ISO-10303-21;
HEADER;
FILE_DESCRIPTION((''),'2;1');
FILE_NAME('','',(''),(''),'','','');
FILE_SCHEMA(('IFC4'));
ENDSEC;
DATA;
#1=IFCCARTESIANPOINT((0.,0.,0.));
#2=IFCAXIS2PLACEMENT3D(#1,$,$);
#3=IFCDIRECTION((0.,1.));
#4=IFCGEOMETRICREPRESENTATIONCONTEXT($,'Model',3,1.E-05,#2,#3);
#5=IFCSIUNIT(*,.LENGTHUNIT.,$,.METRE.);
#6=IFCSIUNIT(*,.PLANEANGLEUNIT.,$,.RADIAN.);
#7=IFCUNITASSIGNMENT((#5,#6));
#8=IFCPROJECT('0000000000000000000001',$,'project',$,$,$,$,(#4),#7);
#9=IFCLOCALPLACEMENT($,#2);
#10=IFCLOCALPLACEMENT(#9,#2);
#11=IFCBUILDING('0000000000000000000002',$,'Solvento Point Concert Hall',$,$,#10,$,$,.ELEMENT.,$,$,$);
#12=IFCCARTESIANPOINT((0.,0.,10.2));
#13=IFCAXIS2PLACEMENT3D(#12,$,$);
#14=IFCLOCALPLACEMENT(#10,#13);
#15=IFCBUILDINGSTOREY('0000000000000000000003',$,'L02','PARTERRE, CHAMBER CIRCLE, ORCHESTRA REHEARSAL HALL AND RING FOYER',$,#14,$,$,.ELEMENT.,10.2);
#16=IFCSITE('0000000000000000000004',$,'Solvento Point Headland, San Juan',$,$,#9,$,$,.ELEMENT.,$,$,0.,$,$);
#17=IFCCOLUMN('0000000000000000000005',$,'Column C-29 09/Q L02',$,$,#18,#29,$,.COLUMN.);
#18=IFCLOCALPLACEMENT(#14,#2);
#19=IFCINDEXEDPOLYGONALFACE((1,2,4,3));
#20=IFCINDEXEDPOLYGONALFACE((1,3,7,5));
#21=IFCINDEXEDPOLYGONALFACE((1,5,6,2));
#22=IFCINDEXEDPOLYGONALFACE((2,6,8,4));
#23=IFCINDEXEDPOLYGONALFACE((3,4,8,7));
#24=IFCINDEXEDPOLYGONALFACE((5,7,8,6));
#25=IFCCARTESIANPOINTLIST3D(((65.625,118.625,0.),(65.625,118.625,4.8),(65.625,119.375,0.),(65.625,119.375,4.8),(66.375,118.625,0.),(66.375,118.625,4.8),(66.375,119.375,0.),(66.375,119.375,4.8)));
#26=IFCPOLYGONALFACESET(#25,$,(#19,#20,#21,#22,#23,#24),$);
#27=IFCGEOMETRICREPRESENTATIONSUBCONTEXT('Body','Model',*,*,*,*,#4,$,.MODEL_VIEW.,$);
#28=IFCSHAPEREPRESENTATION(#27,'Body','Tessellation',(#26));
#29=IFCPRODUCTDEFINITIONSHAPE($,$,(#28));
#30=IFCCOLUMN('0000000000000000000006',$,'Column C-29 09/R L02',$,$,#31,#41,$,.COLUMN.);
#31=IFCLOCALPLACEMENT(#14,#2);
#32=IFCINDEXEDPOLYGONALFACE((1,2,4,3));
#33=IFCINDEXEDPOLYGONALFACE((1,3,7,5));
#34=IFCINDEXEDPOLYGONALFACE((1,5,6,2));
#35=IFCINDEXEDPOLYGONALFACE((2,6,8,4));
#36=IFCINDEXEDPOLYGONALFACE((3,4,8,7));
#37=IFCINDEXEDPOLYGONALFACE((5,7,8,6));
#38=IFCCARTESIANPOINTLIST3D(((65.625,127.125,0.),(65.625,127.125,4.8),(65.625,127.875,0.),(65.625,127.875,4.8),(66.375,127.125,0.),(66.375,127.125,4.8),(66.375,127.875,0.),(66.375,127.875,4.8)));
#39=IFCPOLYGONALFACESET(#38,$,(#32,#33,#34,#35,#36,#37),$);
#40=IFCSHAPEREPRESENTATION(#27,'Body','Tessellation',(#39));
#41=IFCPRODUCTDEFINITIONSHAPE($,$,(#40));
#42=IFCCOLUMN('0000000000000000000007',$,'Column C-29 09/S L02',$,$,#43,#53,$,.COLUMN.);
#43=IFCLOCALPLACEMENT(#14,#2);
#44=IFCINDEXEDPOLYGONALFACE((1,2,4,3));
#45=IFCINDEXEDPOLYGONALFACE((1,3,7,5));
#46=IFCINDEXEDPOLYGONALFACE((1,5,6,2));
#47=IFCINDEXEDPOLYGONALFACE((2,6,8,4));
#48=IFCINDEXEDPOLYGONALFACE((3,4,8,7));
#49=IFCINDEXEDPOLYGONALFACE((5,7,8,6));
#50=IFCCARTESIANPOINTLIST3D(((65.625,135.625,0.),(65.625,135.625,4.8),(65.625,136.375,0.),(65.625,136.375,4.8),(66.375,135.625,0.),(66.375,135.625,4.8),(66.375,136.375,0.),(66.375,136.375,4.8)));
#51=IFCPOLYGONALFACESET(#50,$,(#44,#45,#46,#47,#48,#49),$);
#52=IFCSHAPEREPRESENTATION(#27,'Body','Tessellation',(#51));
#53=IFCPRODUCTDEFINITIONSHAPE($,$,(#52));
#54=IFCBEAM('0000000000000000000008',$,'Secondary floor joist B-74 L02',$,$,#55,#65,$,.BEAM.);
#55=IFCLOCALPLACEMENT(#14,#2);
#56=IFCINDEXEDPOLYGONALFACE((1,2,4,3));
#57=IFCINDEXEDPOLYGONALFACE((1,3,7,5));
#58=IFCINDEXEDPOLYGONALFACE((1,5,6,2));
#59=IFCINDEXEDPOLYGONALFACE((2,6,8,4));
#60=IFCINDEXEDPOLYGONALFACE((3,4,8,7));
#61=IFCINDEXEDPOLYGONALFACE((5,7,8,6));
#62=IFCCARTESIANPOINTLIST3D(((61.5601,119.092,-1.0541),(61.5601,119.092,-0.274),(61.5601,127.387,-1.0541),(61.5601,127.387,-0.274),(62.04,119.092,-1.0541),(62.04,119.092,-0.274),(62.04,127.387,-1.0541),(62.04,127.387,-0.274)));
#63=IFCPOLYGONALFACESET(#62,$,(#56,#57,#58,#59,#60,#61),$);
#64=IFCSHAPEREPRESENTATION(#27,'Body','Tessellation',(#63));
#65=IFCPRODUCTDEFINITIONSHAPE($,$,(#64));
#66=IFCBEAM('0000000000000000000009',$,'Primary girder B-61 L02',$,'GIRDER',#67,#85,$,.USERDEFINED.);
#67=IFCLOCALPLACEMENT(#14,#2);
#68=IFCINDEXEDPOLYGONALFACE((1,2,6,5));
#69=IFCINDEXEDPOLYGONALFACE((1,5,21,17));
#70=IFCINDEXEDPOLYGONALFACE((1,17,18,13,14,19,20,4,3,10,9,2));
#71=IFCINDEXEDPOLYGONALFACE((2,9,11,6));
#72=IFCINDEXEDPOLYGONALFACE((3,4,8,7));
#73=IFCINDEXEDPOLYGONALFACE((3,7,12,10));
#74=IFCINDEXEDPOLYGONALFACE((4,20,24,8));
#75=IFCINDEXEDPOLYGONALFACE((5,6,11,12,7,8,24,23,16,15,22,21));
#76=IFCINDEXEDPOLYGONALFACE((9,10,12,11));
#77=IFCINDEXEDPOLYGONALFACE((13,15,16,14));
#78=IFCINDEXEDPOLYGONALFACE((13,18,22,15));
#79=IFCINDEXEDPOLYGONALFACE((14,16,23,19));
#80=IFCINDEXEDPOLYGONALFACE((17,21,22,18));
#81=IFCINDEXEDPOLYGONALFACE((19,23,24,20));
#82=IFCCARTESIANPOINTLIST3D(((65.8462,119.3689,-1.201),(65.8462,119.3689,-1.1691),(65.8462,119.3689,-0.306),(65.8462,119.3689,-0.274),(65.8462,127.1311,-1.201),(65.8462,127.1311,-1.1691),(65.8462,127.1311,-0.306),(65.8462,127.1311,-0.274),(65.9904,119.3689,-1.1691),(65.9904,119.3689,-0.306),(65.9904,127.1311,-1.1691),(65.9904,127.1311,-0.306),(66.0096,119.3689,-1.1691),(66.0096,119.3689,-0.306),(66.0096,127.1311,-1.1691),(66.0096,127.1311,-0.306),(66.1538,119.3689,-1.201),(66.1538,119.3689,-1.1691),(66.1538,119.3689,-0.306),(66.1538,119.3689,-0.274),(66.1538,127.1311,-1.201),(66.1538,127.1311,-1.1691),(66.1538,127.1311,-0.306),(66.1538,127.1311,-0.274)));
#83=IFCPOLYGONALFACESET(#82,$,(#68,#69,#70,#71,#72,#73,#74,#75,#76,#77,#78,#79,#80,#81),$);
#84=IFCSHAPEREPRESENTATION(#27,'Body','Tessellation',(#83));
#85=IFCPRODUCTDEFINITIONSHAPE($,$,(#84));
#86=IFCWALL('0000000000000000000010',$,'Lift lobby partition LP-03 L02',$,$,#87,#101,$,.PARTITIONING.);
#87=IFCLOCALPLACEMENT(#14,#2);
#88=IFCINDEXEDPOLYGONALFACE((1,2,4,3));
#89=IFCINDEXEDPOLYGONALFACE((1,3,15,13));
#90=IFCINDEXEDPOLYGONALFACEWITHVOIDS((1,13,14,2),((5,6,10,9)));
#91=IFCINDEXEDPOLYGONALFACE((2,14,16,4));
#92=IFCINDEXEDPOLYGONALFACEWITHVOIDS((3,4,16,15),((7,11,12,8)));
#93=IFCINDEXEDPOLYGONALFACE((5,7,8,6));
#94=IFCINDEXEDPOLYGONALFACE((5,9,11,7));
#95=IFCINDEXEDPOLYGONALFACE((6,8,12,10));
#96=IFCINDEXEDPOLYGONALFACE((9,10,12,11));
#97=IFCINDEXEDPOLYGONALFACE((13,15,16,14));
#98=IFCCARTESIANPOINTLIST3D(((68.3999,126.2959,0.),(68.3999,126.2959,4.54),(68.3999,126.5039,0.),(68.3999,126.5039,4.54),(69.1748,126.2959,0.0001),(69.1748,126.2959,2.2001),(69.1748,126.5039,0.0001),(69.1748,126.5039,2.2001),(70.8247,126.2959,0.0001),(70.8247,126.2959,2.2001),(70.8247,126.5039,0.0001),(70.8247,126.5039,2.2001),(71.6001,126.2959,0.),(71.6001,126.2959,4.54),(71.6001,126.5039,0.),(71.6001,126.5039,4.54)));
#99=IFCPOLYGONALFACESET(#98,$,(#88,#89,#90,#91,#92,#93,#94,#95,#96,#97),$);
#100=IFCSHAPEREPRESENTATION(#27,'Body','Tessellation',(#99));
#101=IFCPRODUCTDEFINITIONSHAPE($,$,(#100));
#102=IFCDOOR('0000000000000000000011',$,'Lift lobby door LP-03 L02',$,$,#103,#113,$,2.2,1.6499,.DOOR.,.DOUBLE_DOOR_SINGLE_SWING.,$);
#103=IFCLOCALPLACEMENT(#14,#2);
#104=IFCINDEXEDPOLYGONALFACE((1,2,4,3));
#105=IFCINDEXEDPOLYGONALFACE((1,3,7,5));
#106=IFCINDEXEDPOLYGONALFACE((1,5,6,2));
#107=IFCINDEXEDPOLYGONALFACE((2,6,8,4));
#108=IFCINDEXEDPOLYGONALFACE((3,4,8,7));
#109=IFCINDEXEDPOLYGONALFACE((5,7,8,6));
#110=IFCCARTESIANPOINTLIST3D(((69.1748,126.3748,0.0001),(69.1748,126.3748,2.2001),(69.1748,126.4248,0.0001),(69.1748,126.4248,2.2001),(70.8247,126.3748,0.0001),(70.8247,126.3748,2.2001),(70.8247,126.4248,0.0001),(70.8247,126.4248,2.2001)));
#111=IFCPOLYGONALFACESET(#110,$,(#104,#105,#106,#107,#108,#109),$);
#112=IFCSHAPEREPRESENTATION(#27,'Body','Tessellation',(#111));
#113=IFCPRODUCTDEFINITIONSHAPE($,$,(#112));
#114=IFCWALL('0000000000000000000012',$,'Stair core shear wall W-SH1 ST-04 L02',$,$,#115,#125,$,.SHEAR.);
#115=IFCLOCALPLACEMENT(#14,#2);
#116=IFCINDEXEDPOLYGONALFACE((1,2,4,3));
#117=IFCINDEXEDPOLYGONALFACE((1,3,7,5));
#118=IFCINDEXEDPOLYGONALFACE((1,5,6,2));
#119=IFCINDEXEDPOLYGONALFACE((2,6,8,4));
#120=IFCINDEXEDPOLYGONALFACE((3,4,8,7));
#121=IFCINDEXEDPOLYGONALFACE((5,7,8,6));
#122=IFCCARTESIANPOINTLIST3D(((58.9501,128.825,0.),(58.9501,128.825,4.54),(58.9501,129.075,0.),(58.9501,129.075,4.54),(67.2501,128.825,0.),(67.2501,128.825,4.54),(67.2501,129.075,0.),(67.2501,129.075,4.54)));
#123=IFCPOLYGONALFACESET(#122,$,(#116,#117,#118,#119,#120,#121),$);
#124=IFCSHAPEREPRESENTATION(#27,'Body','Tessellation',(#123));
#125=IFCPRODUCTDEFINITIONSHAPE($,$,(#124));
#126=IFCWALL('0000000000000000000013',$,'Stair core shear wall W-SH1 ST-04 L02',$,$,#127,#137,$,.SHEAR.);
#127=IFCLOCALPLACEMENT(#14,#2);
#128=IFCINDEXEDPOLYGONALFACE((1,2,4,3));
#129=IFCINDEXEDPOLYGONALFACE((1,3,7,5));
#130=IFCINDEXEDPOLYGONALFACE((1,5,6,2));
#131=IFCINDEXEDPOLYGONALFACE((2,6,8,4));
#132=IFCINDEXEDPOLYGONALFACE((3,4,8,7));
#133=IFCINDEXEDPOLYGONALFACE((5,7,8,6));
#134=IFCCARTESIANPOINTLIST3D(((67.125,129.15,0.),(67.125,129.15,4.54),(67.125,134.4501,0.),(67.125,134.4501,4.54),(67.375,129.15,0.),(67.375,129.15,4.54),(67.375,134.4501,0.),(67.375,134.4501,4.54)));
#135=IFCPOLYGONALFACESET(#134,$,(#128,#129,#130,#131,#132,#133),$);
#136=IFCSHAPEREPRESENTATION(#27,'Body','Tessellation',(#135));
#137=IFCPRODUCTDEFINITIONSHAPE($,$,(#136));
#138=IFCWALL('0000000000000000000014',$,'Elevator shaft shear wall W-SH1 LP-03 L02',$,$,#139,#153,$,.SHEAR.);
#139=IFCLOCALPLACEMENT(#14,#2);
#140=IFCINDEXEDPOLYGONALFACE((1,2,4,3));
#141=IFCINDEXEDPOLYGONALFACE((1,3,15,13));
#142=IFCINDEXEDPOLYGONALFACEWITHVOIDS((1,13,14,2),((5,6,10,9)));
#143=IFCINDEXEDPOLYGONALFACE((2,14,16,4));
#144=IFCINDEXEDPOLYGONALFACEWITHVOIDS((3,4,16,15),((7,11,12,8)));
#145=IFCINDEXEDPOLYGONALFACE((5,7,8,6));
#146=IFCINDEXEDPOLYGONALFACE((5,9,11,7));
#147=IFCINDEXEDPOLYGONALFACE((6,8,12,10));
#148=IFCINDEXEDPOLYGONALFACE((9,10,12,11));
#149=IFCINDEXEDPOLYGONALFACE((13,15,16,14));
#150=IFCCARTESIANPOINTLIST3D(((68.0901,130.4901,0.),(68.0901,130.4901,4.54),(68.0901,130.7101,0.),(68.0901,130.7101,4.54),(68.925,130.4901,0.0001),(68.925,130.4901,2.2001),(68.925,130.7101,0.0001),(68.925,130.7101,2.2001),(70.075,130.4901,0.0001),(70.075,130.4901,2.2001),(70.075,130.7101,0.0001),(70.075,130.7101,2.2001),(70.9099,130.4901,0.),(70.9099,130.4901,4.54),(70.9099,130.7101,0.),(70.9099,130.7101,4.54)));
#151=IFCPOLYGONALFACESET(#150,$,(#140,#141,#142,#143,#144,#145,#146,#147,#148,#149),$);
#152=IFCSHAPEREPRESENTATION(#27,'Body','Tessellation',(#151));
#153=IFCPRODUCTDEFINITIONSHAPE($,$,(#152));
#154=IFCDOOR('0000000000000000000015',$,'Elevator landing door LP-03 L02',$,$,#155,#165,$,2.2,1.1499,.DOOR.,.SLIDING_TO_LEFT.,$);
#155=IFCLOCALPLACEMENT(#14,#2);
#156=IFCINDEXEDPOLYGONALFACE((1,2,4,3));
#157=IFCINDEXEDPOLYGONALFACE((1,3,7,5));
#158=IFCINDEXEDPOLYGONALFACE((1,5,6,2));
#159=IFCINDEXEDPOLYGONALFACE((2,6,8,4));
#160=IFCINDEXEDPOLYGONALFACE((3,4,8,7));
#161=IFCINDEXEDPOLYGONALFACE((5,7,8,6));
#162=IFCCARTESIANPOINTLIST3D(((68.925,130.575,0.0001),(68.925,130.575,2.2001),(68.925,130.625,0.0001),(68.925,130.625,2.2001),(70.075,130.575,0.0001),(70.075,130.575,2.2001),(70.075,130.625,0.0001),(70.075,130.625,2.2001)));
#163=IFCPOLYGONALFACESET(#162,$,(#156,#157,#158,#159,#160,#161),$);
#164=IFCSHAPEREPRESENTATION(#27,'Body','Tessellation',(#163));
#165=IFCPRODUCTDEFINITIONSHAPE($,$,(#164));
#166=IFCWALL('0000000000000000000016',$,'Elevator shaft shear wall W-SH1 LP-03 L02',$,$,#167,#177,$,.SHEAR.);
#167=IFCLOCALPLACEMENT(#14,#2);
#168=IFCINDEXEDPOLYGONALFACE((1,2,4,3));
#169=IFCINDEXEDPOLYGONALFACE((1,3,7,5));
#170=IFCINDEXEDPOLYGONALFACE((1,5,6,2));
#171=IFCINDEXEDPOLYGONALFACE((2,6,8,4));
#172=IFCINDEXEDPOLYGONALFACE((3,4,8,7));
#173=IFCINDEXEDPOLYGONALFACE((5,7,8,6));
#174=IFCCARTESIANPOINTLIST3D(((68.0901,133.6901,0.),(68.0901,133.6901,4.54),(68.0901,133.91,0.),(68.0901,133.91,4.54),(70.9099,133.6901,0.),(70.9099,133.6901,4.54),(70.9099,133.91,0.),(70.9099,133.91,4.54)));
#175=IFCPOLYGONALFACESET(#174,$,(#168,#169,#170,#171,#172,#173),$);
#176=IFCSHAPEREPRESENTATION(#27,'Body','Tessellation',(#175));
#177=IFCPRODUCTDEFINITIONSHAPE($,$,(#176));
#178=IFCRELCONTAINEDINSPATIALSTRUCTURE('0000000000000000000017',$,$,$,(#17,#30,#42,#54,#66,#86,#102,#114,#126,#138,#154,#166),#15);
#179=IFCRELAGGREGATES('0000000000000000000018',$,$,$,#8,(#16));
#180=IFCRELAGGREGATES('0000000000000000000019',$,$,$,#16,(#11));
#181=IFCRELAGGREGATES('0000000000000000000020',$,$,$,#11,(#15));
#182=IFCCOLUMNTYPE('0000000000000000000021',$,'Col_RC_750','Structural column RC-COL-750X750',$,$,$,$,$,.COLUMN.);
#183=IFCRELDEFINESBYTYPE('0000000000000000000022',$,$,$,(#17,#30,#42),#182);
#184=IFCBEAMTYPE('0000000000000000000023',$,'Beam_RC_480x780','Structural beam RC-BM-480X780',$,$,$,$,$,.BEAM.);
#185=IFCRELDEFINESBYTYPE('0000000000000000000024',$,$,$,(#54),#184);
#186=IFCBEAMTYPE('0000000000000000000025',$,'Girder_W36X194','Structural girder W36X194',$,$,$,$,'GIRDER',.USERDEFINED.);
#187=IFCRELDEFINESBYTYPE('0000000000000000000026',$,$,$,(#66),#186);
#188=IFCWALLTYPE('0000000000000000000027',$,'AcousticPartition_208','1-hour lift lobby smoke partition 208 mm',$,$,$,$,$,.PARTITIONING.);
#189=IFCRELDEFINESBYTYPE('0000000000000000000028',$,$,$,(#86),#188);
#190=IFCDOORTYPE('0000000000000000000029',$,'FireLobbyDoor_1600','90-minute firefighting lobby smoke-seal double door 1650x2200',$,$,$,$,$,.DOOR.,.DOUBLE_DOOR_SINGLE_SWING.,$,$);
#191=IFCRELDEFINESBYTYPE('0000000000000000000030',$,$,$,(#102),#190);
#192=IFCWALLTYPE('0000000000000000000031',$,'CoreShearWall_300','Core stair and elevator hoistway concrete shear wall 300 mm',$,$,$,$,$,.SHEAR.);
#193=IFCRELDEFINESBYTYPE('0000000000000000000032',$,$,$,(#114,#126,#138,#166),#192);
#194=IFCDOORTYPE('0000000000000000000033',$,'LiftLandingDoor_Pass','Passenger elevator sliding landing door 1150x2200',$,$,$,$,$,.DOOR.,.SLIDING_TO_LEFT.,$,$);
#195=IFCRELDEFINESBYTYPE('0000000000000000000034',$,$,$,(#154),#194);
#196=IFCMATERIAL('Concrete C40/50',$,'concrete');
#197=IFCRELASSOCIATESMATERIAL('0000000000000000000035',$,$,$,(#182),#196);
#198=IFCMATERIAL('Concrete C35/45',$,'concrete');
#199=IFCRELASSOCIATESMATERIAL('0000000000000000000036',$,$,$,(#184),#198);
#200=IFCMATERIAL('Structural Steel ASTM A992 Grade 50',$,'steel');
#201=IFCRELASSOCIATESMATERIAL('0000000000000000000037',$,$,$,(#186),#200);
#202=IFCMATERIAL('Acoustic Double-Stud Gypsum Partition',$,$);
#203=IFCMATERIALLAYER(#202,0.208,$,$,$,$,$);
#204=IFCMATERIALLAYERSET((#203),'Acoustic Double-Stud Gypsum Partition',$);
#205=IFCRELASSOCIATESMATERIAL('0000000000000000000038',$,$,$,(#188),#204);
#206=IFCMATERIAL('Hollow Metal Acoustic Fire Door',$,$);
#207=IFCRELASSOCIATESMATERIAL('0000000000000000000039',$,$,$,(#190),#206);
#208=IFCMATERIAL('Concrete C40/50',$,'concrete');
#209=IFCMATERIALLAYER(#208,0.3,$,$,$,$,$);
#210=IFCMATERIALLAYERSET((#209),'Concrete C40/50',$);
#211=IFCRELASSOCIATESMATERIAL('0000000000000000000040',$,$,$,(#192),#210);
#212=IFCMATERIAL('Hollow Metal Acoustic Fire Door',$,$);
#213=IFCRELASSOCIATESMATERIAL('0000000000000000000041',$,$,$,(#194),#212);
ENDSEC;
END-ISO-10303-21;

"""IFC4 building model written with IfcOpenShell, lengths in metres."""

from ifc_helpers import new_model, si_unit, direction, frame, frame_2d, origin, origin_2d, place, context, subcontext, project, spatial, rectangle, i_section, extrude, material, layer, layer_set, material_profile, profile_set, type_object, element, fill, save


model = new_model("IFC4")

# Units and contexts
model_context = context("Model", 3, precision=1e-05, world=origin(), true_north=direction((0.0, 1.0)))
body_context = subcontext(model_context, "Body", "Model", "MODEL_VIEW")
ifc_project = project(units=[si_unit("LENGTHUNIT", "METRE"), si_unit("PLANEANGLEUNIT", "RADIAN")], contexts=[model_context])

# Site, building, storey
site_placement = place(None, origin())
site = spatial("IfcSite", under=ifc_project, at=site_placement, Name="Solvento Point Headland, San Juan", CompositionType="ELEMENT", RefElevation=0.0)
building_placement = place(site_placement, origin())
building = spatial("IfcBuilding", under=site, at=building_placement, Name="Solvento Point Concert Hall", CompositionType="ELEMENT")
storey_placement = place(building_placement, frame((0.0, 0.0, 10.2)))
storey = spatial("IfcBuildingStorey", under=building, at=storey_placement, Name="L02", Description="PARTERRE, CHAMBER CIRCLE, ORCHESTRA REHEARSAL HALL AND RING FOYER", CompositionType="ELEMENT", Elevation=10.2)

# Columns
ifc_material_1 = material(Name="Concrete C40/50", Category="concrete")
ifc_material_profile_1 = material_profile(ifc_material_1, rectangle(XDim=0.75, YDim=0.75, at=origin_2d()), Name="RC-COL-750X750")
ifc_profile_set_1 = profile_set([ifc_material_profile_1], Name="Concrete C40/50")
column_type = type_object("IfcColumnType", Name="Col_RC_750", Description="Structural column RC-COL-750X750", PredefinedType="COLUMN", material=ifc_profile_set_1)
for number, where, z_axis, x_axis, name in (
    (1, (66.0, 119.0, 0.0), (0.0, 0.0, 1.0), (1.0, 0.0, 0.0), "Column C-29 09/Q L02"),
    (2, (66.0, 127.5, 0.0), (0.0, 0.0, 1.0), (1.0, 0.0, 0.0), "Column C-29 09/R L02"),
    (3, (66.0, 136.0, 0.0), (0.0, 0.0, 1.0), (1.0, 0.0, 0.0), "Column C-29 09/S L02"),
):
    element("IfcColumn", number, at=place(storey_placement, frame(where, z_axis=z_axis, x_axis=x_axis)), inside=storey, type_object=column_type, Name=name, PredefinedType="COLUMN", context=body_context, shape_type="SweptSolid", body=[
        extrude(rectangle(XDim=0.75, YDim=0.75, at=origin_2d()), origin(), (0.0, 0.0, 1.0), 4.8),
    ])

# Beams
ifc_material_2 = material(Name="Concrete C35/45", Category="concrete")
ifc_material_profile_2 = material_profile(ifc_material_2, rectangle(XDim=0.48, YDim=0.78, at=origin_2d()), Name="RC-BM-480X780")
ifc_profile_set_2 = profile_set([ifc_material_profile_2], Name="Concrete C35/45")
beam_type_1 = type_object("IfcBeamType", Name="Beam_RC_480x780", Description="Structural beam RC-BM-480X780", PredefinedType="BEAM", material=ifc_profile_set_2)
beam_1_placement = place(storey_placement, frame((61.8, 119.092, -0.6641), z_axis=(0.0, 1.0, 0.0), x_axis=(-1.0, 0.0, 0.0)))
element("IfcBeam", 4, at=beam_1_placement, inside=storey, type_object=beam_type_1, Name="Secondary floor joist B-74 L02", PredefinedType="BEAM", context=body_context, shape_type="SweptSolid", body=[
    extrude(rectangle(XDim=0.48, YDim=0.78, at=origin_2d()), origin(), (0.0, 0.0, 1.0), 8.2949),
])
ifc_material_3 = material(Name="Structural Steel ASTM A992 Grade 50", Category="steel")
ifc_material_profile_3 = material_profile(ifc_material_3, i_section(OverallWidth=0.3076, OverallDepth=0.927, WebThickness=0.0193, FlangeThickness=0.032, at=origin_2d()), Name="W36X194")
ifc_profile_set_3 = profile_set([ifc_material_profile_3], Name="Structural Steel ASTM A992 Grade 50")
beam_type_2 = type_object("IfcBeamType", Name="Girder_W36X194", Description="Structural girder W36X194", ElementType="GIRDER", PredefinedType="USERDEFINED", material=ifc_profile_set_3)
beam_2_placement = place(storey_placement, frame((66.0, 119.3689, -0.7375), z_axis=(0.0, 1.0, 0.0), x_axis=(-1.0, 0.0, 0.0)))
element("IfcBeam", 5, at=beam_2_placement, inside=storey, type_object=beam_type_2, Name="Primary girder B-61 L02", ObjectType="GIRDER", PredefinedType="USERDEFINED", context=body_context, shape_type="SweptSolid", body=[
    extrude(i_section(OverallWidth=0.3076, OverallDepth=0.927, WebThickness=0.0193, FlangeThickness=0.032, at=origin_2d()), origin(), (0.0, 0.0, 1.0), 7.7622),
])

# Wall, opening, door
ifc_material_4 = material(Name="Acoustic Double-Stud Gypsum Partition")
ifc_layer_1 = layer(ifc_material_4, 0.208)
ifc_layer_set_1 = layer_set([ifc_layer_1], Name="Acoustic Double-Stud Gypsum Partition")
wall_type_1 = type_object("IfcWallType", Name="AcousticPartition_208", Description="1-hour lift lobby smoke partition 208 mm", PredefinedType="PARTITIONING", material=ifc_layer_set_1)
wall_1_placement = place(storey_placement, frame((68.3999, 126.3999, 0.0), z_axis=(0.0, 0.0, 1.0), x_axis=(1.0, 0.0, 0.0)))
wall_1 = element("IfcWall", 6, at=wall_1_placement, inside=storey, type_object=wall_type_1, Name="Lift lobby partition LP-03 L02", PredefinedType="PARTITIONING", context=body_context, shape_type="SweptSolid", body=[
    extrude(rectangle(XDim=3.2002, YDim=0.208, at=frame_2d((1.6001, 0.0))), origin(), (0.0, 0.0, 1.0), 4.54),
])
opening_1_placement = place(wall_1_placement, frame((0.7749, 0.0, 0.0)))
opening_1 = element("IfcOpeningElement", 7, at=opening_1_placement, cuts=wall_1, PredefinedType="OPENING", context=body_context, shape_type="SweptSolid", body=[
    extrude(rectangle(XDim=1.6499, YDim=2.2, at=frame_2d((0.825, 1.1001))), frame((0.0, 0.114, 0.0), z_axis=(0.0, -1.0, 0.0), x_axis=(1.0, 0.0, 0.0)), (0.0, 0.0, 1.0), 0.228),
])
ifc_material_5 = material(Name="Hollow Metal Acoustic Fire Door")
door_type_1 = type_object("IfcDoorType", Name="FireLobbyDoor_1600", Description="90-minute firefighting lobby smoke-seal double door 1650x2200", OperationType="DOUBLE_DOOR_SINGLE_SWING", PredefinedType="DOOR", material=ifc_material_5)
door_1_placement = place(opening_1_placement, origin())
door_1 = element("IfcDoor", 8, at=door_1_placement, inside=storey, type_object=door_type_1, Name="Lift lobby door LP-03 L02", OperationType="DOUBLE_DOOR_SINGLE_SWING", OverallHeight=2.2, OverallWidth=1.6499, PredefinedType="DOOR", context=body_context, shape_type="SweptSolid", body=[
    extrude(rectangle(XDim=1.6499, YDim=2.2, at=frame_2d((0.825, 1.1001))), frame((0.0, 0.0249, 0.0), z_axis=(0.0, -1.0, 0.0), x_axis=(1.0, 0.0, 0.0)), (0.0, 0.0, 1.0), 0.05),
])
fill(opening_1, door_1)

# Walls
ifc_material_6 = material(Name="Concrete C40/50", Category="concrete")
ifc_layer_2 = layer(ifc_material_6, 0.3)
ifc_layer_set_2 = layer_set([ifc_layer_2], Name="Concrete C40/50")
wall_type_2 = type_object("IfcWallType", Name="CoreShearWall_300", Description="Core stair and elevator hoistway concrete shear wall 300 mm", PredefinedType="SHEAR", material=ifc_layer_set_2)
wall_2_placement = place(storey_placement, frame((67.25, 128.95, 0.0), z_axis=(0.0, 0.0, 1.0), x_axis=(-1.0, 0.0, 0.0)))
element("IfcWall", 9, at=wall_2_placement, inside=storey, type_object=wall_type_2, Name="Stair core shear wall W-SH1 ST-04 L02", PredefinedType="SHEAR", context=body_context, shape_type="SweptSolid", body=[
    extrude(rectangle(XDim=8.3, YDim=0.25, at=frame_2d((4.1499, 0.0))), origin(), (0.0, 0.0, 1.0), 4.54),
])
wall_3_placement = place(storey_placement, frame((67.25, 134.45, 0.0), z_axis=(0.0, 0.0, 1.0), x_axis=(0.0, -1.0, 0.0)))
element("IfcWall", 10, at=wall_3_placement, inside=storey, type_object=wall_type_2, Name="Stair core shear wall W-SH1 ST-04 L02", PredefinedType="SHEAR", context=body_context, shape_type="SweptSolid", body=[
    extrude(rectangle(XDim=5.3, YDim=0.25, at=frame_2d((2.6499, 0.0))), origin(), (0.0, 0.0, 1.0), 4.54),
])

# Wall, opening, door
wall_4_placement = place(storey_placement, frame((68.0901, 130.6001, 0.0), z_axis=(0.0, 0.0, 1.0), x_axis=(1.0, 0.0, 0.0)))
wall_4 = element("IfcWall", 11, at=wall_4_placement, inside=storey, type_object=wall_type_2, Name="Elevator shaft shear wall W-SH1 LP-03 L02", PredefinedType="SHEAR", context=body_context, shape_type="SweptSolid", body=[
    extrude(rectangle(XDim=2.8198, YDim=0.22, at=frame_2d((1.4099, 0.0))), origin(), (0.0, 0.0, 1.0), 4.54),
])
opening_2_placement = place(wall_4_placement, frame((0.835, 0.0, 0.0)))
opening_2 = element("IfcOpeningElement", 12, at=opening_2_placement, cuts=wall_4, PredefinedType="OPENING", context=body_context, shape_type="SweptSolid", body=[
    extrude(rectangle(XDim=1.1499, YDim=2.2, at=frame_2d((0.575, 1.1001))), frame((0.0, 0.1199, 0.0), z_axis=(0.0, -1.0, 0.0), x_axis=(1.0, 0.0, 0.0)), (0.0, 0.0, 1.0), 0.24),
])
ifc_material_7 = material(Name="Hollow Metal Acoustic Fire Door")
door_type_2 = type_object("IfcDoorType", Name="LiftLandingDoor_Pass", Description="Passenger elevator sliding landing door 1150x2200", OperationType="SLIDING_TO_LEFT", PredefinedType="DOOR", material=ifc_material_7)
door_2_placement = place(opening_2_placement, origin())
door_2 = element("IfcDoor", 13, at=door_2_placement, inside=storey, type_object=door_type_2, Name="Elevator landing door LP-03 L02", OperationType="SLIDING_TO_LEFT", OverallHeight=2.2, OverallWidth=1.1499, PredefinedType="DOOR", context=body_context, shape_type="SweptSolid", body=[
    extrude(rectangle(XDim=1.1499, YDim=2.2, at=frame_2d((0.575, 1.1001))), frame((0.0, 0.0249, 0.0), z_axis=(0.0, -1.0, 0.0), x_axis=(1.0, 0.0, 0.0)), (0.0, 0.0, 1.0), 0.05),
])
fill(opening_2, door_2)

# Wall
wall_5_placement = place(storey_placement, frame((68.0901, 133.8, 0.0), z_axis=(0.0, 0.0, 1.0), x_axis=(1.0, 0.0, 0.0)))
element("IfcWall", 14, at=wall_5_placement, inside=storey, type_object=wall_type_2, Name="Elevator shaft shear wall W-SH1 LP-03 L02", PredefinedType="SHEAR", context=body_context, shape_type="SweptSolid", body=[
    extrude(rectangle(XDim=2.8198, YDim=0.22, at=frame_2d((1.4099, 0.0))), origin(), (0.0, 0.0, 1.0), 4.54),
])

save(model, "model.ifc")
